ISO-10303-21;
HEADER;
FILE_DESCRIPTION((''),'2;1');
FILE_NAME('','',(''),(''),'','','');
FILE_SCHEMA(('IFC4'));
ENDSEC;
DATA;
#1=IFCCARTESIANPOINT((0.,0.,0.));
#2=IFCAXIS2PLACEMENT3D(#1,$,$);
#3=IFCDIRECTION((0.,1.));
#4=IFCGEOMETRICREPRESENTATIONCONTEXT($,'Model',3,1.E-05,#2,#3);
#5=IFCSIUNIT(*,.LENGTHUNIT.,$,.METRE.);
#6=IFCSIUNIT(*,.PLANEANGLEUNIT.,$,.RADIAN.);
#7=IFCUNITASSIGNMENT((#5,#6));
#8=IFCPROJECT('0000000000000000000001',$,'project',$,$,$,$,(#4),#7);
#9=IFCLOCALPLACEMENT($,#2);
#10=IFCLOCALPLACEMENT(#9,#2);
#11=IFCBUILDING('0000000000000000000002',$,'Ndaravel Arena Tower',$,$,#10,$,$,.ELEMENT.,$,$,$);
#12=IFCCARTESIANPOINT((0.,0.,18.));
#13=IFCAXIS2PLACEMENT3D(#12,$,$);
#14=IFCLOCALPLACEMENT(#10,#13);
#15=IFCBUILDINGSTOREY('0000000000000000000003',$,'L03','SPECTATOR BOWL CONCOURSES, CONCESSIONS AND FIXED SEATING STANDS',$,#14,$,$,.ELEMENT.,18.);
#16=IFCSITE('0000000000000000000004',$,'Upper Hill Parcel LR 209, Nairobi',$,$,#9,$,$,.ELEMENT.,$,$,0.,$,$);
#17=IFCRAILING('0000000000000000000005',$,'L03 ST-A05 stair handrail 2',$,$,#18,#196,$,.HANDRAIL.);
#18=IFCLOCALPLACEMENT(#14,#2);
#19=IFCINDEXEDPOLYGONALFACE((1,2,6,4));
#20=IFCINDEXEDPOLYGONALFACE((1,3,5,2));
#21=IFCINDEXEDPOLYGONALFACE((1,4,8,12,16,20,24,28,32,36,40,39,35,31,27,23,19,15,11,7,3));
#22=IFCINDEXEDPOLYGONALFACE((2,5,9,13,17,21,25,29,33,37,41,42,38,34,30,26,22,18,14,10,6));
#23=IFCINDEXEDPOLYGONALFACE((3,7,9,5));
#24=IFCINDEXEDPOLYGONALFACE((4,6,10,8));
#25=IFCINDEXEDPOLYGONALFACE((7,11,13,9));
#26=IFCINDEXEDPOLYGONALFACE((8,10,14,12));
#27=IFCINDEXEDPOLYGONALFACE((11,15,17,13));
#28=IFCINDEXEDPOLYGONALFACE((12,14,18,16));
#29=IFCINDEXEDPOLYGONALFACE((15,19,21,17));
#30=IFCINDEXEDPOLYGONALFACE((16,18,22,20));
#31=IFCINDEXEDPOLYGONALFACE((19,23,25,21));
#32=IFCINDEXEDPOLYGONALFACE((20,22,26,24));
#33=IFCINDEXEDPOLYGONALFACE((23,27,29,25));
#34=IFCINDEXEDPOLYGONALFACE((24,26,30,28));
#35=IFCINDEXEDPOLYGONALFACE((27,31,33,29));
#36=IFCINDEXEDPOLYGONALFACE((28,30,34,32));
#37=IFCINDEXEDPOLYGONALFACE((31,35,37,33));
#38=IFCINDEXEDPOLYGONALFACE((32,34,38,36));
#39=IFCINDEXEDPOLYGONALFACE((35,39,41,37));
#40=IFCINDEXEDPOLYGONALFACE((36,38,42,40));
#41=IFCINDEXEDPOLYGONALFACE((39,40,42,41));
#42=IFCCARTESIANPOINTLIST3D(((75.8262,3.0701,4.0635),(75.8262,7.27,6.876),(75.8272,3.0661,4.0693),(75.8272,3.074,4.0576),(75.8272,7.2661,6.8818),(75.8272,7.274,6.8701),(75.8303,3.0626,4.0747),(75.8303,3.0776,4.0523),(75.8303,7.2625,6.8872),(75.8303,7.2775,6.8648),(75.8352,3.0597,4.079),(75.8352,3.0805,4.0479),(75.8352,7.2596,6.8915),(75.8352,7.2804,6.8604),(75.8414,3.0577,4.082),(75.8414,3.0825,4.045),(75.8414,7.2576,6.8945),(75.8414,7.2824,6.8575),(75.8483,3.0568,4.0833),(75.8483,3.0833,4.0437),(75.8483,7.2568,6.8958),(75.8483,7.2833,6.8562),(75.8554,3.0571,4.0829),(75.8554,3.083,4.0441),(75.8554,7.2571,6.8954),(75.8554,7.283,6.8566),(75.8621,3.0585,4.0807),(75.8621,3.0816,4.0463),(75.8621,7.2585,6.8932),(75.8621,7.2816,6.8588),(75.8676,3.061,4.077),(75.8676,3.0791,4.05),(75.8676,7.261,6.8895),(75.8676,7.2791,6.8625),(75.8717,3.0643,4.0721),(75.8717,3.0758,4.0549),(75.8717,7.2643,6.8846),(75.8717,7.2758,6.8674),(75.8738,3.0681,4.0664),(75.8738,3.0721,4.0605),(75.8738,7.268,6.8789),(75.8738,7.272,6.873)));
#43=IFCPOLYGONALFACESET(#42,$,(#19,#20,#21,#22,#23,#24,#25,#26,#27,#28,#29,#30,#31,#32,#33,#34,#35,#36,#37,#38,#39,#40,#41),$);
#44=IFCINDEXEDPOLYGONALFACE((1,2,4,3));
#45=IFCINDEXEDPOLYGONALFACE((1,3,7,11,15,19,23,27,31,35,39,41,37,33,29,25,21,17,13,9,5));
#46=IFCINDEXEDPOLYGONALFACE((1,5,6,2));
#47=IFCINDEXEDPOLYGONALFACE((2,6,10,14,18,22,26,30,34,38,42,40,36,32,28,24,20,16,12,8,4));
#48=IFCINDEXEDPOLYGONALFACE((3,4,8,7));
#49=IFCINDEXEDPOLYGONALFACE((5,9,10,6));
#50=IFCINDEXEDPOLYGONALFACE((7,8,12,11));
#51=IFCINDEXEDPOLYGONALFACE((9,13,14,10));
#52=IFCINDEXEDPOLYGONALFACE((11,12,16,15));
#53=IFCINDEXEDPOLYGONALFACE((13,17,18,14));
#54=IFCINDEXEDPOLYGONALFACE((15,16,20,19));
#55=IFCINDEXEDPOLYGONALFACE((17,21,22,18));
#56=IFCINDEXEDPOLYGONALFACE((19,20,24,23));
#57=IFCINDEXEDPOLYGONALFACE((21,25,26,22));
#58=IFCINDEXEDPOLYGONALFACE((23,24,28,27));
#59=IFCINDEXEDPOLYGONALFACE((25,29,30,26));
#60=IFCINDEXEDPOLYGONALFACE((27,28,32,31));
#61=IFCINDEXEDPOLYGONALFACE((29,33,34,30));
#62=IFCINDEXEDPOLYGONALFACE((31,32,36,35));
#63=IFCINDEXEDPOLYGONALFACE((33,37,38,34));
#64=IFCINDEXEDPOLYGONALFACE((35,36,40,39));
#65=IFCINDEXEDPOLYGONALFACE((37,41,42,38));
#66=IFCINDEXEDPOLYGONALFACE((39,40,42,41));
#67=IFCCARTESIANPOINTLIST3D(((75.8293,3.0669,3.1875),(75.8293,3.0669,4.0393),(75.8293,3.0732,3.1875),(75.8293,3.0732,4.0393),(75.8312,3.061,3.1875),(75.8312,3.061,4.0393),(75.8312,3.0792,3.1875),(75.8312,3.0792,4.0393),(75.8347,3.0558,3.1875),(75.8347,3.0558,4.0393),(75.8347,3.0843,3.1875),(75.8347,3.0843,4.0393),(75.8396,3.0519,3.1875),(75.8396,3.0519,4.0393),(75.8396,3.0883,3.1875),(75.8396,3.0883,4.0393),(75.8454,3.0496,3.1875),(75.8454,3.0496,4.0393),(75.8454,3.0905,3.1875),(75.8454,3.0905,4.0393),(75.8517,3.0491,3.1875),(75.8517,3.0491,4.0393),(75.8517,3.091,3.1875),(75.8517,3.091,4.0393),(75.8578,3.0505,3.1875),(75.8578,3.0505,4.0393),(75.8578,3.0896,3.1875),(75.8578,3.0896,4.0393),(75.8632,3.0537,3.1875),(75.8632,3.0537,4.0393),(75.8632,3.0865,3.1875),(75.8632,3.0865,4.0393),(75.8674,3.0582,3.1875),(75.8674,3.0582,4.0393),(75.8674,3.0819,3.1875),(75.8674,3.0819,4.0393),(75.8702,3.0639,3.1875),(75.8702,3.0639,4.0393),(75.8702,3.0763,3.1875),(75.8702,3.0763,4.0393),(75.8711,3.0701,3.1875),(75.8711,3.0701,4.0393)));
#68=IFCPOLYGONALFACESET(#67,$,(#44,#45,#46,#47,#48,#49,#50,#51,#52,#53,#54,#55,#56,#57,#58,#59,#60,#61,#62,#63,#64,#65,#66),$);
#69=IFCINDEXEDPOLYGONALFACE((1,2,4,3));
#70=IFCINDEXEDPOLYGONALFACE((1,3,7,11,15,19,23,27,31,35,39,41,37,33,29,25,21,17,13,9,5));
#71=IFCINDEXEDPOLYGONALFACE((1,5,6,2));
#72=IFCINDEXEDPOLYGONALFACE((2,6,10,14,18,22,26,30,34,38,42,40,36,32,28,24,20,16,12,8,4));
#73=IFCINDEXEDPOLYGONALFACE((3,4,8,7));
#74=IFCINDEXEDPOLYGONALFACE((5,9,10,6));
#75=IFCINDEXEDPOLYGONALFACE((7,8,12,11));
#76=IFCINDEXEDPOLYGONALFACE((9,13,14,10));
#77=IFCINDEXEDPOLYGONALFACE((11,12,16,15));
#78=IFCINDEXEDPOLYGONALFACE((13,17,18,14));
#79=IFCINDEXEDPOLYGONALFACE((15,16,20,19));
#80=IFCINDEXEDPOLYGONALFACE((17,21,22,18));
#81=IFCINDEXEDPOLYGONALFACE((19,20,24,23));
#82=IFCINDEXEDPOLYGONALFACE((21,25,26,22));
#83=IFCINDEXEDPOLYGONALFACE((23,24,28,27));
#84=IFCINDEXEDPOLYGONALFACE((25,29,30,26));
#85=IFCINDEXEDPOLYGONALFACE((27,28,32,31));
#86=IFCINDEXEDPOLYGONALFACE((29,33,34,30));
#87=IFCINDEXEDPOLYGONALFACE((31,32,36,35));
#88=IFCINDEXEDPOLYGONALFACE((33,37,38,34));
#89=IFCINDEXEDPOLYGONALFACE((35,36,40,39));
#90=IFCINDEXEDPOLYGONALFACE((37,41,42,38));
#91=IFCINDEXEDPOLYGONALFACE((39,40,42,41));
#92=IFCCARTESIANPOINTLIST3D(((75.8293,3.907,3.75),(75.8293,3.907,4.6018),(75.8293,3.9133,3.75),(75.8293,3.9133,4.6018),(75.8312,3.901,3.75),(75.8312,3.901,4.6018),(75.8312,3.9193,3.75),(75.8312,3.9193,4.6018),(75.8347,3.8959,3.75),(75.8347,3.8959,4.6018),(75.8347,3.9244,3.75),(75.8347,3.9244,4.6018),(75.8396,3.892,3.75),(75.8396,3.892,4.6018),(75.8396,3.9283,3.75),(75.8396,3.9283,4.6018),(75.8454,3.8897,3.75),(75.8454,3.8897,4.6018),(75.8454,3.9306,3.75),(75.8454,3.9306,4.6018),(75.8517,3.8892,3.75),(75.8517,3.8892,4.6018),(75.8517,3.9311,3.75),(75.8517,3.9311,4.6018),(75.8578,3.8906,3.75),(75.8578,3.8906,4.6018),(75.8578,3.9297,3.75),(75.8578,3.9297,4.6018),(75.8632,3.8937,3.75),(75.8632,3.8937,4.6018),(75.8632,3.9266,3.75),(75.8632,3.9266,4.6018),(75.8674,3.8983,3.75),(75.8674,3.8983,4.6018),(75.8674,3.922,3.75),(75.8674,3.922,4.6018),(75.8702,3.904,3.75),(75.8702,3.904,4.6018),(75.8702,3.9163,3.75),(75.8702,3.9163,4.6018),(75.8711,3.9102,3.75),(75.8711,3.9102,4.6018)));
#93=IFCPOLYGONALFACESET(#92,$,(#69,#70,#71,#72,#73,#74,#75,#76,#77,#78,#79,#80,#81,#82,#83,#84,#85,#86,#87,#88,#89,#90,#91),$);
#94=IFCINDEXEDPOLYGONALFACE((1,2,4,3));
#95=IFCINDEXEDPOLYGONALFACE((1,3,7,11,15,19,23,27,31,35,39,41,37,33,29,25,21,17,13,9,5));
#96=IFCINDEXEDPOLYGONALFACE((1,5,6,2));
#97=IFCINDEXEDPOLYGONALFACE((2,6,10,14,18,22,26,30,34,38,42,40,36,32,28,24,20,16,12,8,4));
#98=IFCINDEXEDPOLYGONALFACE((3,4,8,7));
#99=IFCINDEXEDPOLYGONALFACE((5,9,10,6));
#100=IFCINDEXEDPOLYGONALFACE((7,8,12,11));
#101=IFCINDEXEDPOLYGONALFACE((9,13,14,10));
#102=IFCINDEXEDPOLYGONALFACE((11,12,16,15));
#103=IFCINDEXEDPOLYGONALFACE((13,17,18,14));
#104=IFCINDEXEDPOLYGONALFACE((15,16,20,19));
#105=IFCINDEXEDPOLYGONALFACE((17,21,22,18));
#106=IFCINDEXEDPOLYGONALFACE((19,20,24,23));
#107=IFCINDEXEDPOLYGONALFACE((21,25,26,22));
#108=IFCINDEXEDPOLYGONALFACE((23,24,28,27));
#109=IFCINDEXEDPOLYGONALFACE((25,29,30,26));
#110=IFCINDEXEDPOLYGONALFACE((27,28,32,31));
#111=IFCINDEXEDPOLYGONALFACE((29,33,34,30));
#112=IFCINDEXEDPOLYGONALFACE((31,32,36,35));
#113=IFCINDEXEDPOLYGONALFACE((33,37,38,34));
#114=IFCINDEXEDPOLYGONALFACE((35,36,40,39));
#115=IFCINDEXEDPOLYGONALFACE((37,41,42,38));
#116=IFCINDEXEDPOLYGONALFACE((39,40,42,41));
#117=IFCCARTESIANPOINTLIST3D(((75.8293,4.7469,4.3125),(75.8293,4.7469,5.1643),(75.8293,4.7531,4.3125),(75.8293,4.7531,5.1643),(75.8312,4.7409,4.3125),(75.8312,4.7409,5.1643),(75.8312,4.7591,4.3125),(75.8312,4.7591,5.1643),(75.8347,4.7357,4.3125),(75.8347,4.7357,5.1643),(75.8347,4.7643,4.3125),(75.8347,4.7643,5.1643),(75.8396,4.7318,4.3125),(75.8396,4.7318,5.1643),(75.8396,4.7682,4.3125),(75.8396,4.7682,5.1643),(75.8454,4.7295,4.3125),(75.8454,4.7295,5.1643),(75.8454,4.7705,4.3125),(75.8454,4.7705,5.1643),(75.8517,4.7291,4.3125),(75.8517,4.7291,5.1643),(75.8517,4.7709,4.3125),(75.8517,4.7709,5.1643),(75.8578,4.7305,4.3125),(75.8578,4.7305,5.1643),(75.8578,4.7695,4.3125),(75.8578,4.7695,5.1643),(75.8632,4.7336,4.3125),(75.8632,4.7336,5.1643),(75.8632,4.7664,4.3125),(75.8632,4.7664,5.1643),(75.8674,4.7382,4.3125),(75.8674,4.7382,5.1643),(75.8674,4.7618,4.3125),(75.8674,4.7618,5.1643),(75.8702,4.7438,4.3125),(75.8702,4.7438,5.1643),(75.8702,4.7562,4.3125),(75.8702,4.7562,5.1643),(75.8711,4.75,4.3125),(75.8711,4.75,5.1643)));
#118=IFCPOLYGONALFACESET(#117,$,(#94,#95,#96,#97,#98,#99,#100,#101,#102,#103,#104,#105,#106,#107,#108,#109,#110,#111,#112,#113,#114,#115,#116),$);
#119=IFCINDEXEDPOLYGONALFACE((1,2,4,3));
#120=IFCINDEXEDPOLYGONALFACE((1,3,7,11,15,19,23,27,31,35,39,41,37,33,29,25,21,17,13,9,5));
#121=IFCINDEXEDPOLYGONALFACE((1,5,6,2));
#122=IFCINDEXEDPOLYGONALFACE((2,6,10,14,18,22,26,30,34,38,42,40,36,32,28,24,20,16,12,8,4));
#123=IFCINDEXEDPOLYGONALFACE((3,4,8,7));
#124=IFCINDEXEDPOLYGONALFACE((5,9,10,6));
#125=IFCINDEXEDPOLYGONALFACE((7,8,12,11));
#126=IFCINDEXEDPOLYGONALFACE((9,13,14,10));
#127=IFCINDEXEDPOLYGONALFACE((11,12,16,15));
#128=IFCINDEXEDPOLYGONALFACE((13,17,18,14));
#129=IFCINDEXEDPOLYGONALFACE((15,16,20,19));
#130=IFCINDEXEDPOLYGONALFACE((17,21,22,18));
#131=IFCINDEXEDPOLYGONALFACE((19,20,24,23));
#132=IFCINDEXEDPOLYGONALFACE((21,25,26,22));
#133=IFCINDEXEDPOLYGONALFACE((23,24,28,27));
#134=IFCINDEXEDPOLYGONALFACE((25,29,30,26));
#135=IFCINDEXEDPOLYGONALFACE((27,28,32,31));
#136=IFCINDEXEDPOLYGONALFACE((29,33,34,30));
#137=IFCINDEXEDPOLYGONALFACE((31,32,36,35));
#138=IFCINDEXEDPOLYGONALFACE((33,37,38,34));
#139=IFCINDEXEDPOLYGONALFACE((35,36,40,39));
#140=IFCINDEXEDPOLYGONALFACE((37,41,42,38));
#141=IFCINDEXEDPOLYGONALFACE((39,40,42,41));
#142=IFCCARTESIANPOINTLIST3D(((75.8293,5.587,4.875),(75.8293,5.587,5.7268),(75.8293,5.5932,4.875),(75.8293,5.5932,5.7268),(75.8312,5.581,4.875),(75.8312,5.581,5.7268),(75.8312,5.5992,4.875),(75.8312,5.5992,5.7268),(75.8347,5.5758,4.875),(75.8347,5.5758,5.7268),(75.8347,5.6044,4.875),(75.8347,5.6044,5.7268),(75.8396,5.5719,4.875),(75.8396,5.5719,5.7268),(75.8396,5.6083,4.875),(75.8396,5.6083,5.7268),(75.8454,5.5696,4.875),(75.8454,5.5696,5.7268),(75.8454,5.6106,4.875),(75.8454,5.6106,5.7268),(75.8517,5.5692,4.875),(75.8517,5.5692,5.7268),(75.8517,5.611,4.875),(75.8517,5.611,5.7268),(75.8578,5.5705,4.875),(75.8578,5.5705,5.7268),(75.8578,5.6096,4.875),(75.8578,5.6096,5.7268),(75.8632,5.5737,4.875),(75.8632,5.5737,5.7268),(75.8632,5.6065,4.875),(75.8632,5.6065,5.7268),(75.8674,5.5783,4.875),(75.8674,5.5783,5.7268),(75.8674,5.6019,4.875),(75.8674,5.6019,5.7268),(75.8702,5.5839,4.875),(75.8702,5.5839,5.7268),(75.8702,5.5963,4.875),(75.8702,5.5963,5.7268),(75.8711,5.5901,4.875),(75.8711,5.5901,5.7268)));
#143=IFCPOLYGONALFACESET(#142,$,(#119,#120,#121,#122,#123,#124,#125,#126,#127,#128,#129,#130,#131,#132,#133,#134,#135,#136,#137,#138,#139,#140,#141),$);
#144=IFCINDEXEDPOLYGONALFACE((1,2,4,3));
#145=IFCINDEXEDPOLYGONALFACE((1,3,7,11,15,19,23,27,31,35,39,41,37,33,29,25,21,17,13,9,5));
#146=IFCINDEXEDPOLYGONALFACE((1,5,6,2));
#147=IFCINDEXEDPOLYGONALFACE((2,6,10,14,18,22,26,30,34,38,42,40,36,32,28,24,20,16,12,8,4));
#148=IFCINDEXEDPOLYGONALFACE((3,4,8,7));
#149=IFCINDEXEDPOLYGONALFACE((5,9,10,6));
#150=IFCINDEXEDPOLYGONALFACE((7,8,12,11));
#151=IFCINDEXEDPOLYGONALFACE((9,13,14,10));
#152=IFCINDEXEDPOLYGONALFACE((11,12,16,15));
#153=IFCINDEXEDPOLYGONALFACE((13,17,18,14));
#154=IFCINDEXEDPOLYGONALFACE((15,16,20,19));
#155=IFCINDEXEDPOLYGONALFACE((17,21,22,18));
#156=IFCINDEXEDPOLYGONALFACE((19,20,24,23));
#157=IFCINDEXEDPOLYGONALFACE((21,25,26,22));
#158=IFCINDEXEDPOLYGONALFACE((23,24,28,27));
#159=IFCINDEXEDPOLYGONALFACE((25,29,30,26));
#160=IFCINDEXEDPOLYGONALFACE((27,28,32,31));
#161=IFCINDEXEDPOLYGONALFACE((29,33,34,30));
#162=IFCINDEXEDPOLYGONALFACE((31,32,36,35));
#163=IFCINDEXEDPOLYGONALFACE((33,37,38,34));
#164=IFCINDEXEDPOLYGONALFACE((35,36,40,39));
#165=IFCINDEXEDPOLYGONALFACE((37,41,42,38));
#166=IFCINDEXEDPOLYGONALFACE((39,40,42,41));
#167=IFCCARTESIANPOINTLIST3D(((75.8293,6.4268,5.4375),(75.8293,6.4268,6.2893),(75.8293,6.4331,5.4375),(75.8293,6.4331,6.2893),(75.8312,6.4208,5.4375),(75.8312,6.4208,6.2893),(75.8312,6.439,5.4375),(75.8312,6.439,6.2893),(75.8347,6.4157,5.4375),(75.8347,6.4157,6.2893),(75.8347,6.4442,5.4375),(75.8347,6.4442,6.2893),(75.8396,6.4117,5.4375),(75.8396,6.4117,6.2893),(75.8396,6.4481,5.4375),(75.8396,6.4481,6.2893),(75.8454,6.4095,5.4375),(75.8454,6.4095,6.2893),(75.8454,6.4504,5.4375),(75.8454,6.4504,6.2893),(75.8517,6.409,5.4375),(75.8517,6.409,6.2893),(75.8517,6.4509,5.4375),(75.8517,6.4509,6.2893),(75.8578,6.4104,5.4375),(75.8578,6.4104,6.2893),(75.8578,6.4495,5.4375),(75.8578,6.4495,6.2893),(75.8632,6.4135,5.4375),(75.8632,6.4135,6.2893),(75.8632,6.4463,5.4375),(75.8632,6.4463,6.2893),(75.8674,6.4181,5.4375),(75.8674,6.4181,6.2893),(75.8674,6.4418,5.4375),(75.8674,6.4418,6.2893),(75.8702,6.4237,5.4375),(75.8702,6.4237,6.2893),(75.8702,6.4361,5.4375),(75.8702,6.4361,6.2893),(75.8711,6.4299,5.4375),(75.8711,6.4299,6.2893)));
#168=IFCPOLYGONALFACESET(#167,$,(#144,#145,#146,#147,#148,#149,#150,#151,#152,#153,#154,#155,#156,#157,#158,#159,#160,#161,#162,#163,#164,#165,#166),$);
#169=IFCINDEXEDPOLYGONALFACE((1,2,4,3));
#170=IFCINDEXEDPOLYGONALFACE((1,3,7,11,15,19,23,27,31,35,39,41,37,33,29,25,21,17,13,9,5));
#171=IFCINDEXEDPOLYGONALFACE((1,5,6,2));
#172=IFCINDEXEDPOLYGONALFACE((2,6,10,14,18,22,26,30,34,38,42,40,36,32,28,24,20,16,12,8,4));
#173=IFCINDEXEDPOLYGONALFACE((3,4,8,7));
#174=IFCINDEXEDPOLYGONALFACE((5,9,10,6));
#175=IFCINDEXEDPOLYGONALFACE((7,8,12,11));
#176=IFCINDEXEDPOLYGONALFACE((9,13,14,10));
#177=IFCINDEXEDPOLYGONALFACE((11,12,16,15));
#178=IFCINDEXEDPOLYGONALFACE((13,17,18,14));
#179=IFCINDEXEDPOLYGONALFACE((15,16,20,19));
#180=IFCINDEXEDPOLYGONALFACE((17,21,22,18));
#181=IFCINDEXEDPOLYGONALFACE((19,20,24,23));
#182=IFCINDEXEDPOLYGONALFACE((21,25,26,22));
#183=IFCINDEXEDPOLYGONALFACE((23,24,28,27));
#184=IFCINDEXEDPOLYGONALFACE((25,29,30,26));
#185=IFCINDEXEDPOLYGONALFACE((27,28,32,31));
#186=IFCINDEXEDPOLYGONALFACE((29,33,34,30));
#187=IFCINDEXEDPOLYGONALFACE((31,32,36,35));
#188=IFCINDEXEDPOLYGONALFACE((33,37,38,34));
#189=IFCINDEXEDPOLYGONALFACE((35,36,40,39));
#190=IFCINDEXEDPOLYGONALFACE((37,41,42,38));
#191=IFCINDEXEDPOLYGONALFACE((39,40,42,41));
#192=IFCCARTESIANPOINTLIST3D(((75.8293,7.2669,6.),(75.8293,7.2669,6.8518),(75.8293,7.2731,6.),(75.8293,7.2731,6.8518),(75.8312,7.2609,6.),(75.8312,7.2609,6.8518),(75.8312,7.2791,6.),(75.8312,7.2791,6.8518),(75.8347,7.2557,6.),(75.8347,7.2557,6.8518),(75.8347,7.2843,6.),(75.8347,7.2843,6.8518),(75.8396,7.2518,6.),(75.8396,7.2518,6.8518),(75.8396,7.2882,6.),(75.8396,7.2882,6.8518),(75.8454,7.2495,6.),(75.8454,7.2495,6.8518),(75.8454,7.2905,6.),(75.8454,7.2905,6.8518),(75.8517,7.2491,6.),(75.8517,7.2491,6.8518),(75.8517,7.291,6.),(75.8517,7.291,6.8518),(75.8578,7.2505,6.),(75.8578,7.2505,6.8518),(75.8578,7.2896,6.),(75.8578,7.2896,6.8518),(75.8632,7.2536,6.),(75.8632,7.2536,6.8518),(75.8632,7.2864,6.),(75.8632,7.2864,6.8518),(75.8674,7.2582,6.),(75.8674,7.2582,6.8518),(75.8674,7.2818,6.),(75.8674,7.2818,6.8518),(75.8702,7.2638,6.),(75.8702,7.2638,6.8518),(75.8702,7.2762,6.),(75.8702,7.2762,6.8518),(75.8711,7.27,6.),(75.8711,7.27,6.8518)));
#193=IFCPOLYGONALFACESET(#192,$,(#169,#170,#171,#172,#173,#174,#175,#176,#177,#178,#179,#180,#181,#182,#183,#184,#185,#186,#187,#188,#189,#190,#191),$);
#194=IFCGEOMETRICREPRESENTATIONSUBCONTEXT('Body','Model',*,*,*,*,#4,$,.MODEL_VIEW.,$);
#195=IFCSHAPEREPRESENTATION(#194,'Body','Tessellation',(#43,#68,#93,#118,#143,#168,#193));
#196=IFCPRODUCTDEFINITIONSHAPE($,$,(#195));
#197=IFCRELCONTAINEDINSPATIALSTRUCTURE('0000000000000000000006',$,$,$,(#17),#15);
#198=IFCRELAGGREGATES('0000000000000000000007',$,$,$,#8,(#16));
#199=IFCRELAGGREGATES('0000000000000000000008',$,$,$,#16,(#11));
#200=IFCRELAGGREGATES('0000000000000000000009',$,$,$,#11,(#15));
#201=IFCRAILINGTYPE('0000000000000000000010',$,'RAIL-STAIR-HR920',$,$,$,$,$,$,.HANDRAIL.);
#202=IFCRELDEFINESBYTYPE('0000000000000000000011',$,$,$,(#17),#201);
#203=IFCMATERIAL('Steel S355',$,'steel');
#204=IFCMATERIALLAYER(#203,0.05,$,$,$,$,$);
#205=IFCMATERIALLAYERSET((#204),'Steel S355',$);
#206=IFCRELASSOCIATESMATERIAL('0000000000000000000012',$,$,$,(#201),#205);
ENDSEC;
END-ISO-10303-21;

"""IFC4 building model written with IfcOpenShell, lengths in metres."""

from ifc_helpers import new_model, si_unit, direction, frame, origin, origin_2d, place, context, subcontext, project, spatial, circle, extrude, material, layer, layer_set, type_object, element, save


model = new_model("IFC4")

# Units and contexts
model_context = context("Model", 3, precision=1e-05, world=origin(), true_north=direction((0.0, 1.0)))
body_context = subcontext(model_context, "Body", "Model", "MODEL_VIEW")
ifc_project = project(units=[si_unit("LENGTHUNIT", "METRE"), si_unit("PLANEANGLEUNIT", "RADIAN")], contexts=[model_context])

# Site, building, storey
site_placement = place(None, origin())
site = spatial("IfcSite", under=ifc_project, at=site_placement, Name="Upper Hill Parcel LR 209, Nairobi", CompositionType="ELEMENT", RefElevation=0.0)
building_placement = place(site_placement, origin())
building = spatial("IfcBuilding", under=site, at=building_placement, Name="Ndaravel Arena Tower", CompositionType="ELEMENT")
storey_placement = place(building_placement, frame((0.0, 0.0, 18.0)))
storey = spatial("IfcBuildingStorey", under=building, at=storey_placement, Name="L03", Description="SPECTATOR BOWL CONCOURSES, CONCESSIONS AND FIXED SEATING STANDS", CompositionType="ELEMENT", Elevation=18.0)

# Railing
ifc_material_1 = material(Name="Steel S355", Category="steel")
ifc_layer_1 = layer(ifc_material_1, 0.05)
ifc_layer_set_1 = layer_set([ifc_layer_1], Name="Steel S355")
railing_type_1 = type_object("IfcRailingType", Name="RAIL-STAIR-HR920", PredefinedType="HANDRAIL", material=ifc_layer_set_1)
railing_1_placement = place(storey_placement, frame((75.8501, 3.0701, 3.1875)))
element("IfcRailing", 1, at=railing_1_placement, inside=storey, type_object=railing_type_1, Name="L03 ST-A05 stair handrail 2", PredefinedType="HANDRAIL", context=body_context, shape_type="SweptSolid", body=[
    extrude(circle(Radius=0.0239, at=origin_2d()), frame((0.0, 0.0, 0.876), z_axis=(0.0, 0.830904, 0.556416), x_axis=(-1.0, 0.0, 0.0)), (0.0, 0.0, 1.0), 5.0547),
    extrude(circle(Radius=0.021, at=origin_2d()), origin(), (0.0, 0.0, 1.0), 0.8518),
    extrude(circle(Radius=0.021, at=origin_2d()), frame((0.0, 0.8401, 0.5625)), (0.0, 0.0, 1.0), 0.8518),
    extrude(circle(Radius=0.021, at=origin_2d()), frame((0.0, 1.6799, 1.125)), (0.0, 0.0, 1.0), 0.8518),
    extrude(circle(Radius=0.021, at=origin_2d()), frame((0.0, 2.52, 1.6875)), (0.0, 0.0, 1.0), 0.8518),
    extrude(circle(Radius=0.021, at=origin_2d()), frame((0.0, 3.3599, 2.25)), (0.0, 0.0, 1.0), 0.8518),
    extrude(circle(Radius=0.021, at=origin_2d()), frame((0.0, 4.2, 2.8125)), (0.0, 0.0, 1.0), 0.8518),
])

save(model, "model.ifc")
